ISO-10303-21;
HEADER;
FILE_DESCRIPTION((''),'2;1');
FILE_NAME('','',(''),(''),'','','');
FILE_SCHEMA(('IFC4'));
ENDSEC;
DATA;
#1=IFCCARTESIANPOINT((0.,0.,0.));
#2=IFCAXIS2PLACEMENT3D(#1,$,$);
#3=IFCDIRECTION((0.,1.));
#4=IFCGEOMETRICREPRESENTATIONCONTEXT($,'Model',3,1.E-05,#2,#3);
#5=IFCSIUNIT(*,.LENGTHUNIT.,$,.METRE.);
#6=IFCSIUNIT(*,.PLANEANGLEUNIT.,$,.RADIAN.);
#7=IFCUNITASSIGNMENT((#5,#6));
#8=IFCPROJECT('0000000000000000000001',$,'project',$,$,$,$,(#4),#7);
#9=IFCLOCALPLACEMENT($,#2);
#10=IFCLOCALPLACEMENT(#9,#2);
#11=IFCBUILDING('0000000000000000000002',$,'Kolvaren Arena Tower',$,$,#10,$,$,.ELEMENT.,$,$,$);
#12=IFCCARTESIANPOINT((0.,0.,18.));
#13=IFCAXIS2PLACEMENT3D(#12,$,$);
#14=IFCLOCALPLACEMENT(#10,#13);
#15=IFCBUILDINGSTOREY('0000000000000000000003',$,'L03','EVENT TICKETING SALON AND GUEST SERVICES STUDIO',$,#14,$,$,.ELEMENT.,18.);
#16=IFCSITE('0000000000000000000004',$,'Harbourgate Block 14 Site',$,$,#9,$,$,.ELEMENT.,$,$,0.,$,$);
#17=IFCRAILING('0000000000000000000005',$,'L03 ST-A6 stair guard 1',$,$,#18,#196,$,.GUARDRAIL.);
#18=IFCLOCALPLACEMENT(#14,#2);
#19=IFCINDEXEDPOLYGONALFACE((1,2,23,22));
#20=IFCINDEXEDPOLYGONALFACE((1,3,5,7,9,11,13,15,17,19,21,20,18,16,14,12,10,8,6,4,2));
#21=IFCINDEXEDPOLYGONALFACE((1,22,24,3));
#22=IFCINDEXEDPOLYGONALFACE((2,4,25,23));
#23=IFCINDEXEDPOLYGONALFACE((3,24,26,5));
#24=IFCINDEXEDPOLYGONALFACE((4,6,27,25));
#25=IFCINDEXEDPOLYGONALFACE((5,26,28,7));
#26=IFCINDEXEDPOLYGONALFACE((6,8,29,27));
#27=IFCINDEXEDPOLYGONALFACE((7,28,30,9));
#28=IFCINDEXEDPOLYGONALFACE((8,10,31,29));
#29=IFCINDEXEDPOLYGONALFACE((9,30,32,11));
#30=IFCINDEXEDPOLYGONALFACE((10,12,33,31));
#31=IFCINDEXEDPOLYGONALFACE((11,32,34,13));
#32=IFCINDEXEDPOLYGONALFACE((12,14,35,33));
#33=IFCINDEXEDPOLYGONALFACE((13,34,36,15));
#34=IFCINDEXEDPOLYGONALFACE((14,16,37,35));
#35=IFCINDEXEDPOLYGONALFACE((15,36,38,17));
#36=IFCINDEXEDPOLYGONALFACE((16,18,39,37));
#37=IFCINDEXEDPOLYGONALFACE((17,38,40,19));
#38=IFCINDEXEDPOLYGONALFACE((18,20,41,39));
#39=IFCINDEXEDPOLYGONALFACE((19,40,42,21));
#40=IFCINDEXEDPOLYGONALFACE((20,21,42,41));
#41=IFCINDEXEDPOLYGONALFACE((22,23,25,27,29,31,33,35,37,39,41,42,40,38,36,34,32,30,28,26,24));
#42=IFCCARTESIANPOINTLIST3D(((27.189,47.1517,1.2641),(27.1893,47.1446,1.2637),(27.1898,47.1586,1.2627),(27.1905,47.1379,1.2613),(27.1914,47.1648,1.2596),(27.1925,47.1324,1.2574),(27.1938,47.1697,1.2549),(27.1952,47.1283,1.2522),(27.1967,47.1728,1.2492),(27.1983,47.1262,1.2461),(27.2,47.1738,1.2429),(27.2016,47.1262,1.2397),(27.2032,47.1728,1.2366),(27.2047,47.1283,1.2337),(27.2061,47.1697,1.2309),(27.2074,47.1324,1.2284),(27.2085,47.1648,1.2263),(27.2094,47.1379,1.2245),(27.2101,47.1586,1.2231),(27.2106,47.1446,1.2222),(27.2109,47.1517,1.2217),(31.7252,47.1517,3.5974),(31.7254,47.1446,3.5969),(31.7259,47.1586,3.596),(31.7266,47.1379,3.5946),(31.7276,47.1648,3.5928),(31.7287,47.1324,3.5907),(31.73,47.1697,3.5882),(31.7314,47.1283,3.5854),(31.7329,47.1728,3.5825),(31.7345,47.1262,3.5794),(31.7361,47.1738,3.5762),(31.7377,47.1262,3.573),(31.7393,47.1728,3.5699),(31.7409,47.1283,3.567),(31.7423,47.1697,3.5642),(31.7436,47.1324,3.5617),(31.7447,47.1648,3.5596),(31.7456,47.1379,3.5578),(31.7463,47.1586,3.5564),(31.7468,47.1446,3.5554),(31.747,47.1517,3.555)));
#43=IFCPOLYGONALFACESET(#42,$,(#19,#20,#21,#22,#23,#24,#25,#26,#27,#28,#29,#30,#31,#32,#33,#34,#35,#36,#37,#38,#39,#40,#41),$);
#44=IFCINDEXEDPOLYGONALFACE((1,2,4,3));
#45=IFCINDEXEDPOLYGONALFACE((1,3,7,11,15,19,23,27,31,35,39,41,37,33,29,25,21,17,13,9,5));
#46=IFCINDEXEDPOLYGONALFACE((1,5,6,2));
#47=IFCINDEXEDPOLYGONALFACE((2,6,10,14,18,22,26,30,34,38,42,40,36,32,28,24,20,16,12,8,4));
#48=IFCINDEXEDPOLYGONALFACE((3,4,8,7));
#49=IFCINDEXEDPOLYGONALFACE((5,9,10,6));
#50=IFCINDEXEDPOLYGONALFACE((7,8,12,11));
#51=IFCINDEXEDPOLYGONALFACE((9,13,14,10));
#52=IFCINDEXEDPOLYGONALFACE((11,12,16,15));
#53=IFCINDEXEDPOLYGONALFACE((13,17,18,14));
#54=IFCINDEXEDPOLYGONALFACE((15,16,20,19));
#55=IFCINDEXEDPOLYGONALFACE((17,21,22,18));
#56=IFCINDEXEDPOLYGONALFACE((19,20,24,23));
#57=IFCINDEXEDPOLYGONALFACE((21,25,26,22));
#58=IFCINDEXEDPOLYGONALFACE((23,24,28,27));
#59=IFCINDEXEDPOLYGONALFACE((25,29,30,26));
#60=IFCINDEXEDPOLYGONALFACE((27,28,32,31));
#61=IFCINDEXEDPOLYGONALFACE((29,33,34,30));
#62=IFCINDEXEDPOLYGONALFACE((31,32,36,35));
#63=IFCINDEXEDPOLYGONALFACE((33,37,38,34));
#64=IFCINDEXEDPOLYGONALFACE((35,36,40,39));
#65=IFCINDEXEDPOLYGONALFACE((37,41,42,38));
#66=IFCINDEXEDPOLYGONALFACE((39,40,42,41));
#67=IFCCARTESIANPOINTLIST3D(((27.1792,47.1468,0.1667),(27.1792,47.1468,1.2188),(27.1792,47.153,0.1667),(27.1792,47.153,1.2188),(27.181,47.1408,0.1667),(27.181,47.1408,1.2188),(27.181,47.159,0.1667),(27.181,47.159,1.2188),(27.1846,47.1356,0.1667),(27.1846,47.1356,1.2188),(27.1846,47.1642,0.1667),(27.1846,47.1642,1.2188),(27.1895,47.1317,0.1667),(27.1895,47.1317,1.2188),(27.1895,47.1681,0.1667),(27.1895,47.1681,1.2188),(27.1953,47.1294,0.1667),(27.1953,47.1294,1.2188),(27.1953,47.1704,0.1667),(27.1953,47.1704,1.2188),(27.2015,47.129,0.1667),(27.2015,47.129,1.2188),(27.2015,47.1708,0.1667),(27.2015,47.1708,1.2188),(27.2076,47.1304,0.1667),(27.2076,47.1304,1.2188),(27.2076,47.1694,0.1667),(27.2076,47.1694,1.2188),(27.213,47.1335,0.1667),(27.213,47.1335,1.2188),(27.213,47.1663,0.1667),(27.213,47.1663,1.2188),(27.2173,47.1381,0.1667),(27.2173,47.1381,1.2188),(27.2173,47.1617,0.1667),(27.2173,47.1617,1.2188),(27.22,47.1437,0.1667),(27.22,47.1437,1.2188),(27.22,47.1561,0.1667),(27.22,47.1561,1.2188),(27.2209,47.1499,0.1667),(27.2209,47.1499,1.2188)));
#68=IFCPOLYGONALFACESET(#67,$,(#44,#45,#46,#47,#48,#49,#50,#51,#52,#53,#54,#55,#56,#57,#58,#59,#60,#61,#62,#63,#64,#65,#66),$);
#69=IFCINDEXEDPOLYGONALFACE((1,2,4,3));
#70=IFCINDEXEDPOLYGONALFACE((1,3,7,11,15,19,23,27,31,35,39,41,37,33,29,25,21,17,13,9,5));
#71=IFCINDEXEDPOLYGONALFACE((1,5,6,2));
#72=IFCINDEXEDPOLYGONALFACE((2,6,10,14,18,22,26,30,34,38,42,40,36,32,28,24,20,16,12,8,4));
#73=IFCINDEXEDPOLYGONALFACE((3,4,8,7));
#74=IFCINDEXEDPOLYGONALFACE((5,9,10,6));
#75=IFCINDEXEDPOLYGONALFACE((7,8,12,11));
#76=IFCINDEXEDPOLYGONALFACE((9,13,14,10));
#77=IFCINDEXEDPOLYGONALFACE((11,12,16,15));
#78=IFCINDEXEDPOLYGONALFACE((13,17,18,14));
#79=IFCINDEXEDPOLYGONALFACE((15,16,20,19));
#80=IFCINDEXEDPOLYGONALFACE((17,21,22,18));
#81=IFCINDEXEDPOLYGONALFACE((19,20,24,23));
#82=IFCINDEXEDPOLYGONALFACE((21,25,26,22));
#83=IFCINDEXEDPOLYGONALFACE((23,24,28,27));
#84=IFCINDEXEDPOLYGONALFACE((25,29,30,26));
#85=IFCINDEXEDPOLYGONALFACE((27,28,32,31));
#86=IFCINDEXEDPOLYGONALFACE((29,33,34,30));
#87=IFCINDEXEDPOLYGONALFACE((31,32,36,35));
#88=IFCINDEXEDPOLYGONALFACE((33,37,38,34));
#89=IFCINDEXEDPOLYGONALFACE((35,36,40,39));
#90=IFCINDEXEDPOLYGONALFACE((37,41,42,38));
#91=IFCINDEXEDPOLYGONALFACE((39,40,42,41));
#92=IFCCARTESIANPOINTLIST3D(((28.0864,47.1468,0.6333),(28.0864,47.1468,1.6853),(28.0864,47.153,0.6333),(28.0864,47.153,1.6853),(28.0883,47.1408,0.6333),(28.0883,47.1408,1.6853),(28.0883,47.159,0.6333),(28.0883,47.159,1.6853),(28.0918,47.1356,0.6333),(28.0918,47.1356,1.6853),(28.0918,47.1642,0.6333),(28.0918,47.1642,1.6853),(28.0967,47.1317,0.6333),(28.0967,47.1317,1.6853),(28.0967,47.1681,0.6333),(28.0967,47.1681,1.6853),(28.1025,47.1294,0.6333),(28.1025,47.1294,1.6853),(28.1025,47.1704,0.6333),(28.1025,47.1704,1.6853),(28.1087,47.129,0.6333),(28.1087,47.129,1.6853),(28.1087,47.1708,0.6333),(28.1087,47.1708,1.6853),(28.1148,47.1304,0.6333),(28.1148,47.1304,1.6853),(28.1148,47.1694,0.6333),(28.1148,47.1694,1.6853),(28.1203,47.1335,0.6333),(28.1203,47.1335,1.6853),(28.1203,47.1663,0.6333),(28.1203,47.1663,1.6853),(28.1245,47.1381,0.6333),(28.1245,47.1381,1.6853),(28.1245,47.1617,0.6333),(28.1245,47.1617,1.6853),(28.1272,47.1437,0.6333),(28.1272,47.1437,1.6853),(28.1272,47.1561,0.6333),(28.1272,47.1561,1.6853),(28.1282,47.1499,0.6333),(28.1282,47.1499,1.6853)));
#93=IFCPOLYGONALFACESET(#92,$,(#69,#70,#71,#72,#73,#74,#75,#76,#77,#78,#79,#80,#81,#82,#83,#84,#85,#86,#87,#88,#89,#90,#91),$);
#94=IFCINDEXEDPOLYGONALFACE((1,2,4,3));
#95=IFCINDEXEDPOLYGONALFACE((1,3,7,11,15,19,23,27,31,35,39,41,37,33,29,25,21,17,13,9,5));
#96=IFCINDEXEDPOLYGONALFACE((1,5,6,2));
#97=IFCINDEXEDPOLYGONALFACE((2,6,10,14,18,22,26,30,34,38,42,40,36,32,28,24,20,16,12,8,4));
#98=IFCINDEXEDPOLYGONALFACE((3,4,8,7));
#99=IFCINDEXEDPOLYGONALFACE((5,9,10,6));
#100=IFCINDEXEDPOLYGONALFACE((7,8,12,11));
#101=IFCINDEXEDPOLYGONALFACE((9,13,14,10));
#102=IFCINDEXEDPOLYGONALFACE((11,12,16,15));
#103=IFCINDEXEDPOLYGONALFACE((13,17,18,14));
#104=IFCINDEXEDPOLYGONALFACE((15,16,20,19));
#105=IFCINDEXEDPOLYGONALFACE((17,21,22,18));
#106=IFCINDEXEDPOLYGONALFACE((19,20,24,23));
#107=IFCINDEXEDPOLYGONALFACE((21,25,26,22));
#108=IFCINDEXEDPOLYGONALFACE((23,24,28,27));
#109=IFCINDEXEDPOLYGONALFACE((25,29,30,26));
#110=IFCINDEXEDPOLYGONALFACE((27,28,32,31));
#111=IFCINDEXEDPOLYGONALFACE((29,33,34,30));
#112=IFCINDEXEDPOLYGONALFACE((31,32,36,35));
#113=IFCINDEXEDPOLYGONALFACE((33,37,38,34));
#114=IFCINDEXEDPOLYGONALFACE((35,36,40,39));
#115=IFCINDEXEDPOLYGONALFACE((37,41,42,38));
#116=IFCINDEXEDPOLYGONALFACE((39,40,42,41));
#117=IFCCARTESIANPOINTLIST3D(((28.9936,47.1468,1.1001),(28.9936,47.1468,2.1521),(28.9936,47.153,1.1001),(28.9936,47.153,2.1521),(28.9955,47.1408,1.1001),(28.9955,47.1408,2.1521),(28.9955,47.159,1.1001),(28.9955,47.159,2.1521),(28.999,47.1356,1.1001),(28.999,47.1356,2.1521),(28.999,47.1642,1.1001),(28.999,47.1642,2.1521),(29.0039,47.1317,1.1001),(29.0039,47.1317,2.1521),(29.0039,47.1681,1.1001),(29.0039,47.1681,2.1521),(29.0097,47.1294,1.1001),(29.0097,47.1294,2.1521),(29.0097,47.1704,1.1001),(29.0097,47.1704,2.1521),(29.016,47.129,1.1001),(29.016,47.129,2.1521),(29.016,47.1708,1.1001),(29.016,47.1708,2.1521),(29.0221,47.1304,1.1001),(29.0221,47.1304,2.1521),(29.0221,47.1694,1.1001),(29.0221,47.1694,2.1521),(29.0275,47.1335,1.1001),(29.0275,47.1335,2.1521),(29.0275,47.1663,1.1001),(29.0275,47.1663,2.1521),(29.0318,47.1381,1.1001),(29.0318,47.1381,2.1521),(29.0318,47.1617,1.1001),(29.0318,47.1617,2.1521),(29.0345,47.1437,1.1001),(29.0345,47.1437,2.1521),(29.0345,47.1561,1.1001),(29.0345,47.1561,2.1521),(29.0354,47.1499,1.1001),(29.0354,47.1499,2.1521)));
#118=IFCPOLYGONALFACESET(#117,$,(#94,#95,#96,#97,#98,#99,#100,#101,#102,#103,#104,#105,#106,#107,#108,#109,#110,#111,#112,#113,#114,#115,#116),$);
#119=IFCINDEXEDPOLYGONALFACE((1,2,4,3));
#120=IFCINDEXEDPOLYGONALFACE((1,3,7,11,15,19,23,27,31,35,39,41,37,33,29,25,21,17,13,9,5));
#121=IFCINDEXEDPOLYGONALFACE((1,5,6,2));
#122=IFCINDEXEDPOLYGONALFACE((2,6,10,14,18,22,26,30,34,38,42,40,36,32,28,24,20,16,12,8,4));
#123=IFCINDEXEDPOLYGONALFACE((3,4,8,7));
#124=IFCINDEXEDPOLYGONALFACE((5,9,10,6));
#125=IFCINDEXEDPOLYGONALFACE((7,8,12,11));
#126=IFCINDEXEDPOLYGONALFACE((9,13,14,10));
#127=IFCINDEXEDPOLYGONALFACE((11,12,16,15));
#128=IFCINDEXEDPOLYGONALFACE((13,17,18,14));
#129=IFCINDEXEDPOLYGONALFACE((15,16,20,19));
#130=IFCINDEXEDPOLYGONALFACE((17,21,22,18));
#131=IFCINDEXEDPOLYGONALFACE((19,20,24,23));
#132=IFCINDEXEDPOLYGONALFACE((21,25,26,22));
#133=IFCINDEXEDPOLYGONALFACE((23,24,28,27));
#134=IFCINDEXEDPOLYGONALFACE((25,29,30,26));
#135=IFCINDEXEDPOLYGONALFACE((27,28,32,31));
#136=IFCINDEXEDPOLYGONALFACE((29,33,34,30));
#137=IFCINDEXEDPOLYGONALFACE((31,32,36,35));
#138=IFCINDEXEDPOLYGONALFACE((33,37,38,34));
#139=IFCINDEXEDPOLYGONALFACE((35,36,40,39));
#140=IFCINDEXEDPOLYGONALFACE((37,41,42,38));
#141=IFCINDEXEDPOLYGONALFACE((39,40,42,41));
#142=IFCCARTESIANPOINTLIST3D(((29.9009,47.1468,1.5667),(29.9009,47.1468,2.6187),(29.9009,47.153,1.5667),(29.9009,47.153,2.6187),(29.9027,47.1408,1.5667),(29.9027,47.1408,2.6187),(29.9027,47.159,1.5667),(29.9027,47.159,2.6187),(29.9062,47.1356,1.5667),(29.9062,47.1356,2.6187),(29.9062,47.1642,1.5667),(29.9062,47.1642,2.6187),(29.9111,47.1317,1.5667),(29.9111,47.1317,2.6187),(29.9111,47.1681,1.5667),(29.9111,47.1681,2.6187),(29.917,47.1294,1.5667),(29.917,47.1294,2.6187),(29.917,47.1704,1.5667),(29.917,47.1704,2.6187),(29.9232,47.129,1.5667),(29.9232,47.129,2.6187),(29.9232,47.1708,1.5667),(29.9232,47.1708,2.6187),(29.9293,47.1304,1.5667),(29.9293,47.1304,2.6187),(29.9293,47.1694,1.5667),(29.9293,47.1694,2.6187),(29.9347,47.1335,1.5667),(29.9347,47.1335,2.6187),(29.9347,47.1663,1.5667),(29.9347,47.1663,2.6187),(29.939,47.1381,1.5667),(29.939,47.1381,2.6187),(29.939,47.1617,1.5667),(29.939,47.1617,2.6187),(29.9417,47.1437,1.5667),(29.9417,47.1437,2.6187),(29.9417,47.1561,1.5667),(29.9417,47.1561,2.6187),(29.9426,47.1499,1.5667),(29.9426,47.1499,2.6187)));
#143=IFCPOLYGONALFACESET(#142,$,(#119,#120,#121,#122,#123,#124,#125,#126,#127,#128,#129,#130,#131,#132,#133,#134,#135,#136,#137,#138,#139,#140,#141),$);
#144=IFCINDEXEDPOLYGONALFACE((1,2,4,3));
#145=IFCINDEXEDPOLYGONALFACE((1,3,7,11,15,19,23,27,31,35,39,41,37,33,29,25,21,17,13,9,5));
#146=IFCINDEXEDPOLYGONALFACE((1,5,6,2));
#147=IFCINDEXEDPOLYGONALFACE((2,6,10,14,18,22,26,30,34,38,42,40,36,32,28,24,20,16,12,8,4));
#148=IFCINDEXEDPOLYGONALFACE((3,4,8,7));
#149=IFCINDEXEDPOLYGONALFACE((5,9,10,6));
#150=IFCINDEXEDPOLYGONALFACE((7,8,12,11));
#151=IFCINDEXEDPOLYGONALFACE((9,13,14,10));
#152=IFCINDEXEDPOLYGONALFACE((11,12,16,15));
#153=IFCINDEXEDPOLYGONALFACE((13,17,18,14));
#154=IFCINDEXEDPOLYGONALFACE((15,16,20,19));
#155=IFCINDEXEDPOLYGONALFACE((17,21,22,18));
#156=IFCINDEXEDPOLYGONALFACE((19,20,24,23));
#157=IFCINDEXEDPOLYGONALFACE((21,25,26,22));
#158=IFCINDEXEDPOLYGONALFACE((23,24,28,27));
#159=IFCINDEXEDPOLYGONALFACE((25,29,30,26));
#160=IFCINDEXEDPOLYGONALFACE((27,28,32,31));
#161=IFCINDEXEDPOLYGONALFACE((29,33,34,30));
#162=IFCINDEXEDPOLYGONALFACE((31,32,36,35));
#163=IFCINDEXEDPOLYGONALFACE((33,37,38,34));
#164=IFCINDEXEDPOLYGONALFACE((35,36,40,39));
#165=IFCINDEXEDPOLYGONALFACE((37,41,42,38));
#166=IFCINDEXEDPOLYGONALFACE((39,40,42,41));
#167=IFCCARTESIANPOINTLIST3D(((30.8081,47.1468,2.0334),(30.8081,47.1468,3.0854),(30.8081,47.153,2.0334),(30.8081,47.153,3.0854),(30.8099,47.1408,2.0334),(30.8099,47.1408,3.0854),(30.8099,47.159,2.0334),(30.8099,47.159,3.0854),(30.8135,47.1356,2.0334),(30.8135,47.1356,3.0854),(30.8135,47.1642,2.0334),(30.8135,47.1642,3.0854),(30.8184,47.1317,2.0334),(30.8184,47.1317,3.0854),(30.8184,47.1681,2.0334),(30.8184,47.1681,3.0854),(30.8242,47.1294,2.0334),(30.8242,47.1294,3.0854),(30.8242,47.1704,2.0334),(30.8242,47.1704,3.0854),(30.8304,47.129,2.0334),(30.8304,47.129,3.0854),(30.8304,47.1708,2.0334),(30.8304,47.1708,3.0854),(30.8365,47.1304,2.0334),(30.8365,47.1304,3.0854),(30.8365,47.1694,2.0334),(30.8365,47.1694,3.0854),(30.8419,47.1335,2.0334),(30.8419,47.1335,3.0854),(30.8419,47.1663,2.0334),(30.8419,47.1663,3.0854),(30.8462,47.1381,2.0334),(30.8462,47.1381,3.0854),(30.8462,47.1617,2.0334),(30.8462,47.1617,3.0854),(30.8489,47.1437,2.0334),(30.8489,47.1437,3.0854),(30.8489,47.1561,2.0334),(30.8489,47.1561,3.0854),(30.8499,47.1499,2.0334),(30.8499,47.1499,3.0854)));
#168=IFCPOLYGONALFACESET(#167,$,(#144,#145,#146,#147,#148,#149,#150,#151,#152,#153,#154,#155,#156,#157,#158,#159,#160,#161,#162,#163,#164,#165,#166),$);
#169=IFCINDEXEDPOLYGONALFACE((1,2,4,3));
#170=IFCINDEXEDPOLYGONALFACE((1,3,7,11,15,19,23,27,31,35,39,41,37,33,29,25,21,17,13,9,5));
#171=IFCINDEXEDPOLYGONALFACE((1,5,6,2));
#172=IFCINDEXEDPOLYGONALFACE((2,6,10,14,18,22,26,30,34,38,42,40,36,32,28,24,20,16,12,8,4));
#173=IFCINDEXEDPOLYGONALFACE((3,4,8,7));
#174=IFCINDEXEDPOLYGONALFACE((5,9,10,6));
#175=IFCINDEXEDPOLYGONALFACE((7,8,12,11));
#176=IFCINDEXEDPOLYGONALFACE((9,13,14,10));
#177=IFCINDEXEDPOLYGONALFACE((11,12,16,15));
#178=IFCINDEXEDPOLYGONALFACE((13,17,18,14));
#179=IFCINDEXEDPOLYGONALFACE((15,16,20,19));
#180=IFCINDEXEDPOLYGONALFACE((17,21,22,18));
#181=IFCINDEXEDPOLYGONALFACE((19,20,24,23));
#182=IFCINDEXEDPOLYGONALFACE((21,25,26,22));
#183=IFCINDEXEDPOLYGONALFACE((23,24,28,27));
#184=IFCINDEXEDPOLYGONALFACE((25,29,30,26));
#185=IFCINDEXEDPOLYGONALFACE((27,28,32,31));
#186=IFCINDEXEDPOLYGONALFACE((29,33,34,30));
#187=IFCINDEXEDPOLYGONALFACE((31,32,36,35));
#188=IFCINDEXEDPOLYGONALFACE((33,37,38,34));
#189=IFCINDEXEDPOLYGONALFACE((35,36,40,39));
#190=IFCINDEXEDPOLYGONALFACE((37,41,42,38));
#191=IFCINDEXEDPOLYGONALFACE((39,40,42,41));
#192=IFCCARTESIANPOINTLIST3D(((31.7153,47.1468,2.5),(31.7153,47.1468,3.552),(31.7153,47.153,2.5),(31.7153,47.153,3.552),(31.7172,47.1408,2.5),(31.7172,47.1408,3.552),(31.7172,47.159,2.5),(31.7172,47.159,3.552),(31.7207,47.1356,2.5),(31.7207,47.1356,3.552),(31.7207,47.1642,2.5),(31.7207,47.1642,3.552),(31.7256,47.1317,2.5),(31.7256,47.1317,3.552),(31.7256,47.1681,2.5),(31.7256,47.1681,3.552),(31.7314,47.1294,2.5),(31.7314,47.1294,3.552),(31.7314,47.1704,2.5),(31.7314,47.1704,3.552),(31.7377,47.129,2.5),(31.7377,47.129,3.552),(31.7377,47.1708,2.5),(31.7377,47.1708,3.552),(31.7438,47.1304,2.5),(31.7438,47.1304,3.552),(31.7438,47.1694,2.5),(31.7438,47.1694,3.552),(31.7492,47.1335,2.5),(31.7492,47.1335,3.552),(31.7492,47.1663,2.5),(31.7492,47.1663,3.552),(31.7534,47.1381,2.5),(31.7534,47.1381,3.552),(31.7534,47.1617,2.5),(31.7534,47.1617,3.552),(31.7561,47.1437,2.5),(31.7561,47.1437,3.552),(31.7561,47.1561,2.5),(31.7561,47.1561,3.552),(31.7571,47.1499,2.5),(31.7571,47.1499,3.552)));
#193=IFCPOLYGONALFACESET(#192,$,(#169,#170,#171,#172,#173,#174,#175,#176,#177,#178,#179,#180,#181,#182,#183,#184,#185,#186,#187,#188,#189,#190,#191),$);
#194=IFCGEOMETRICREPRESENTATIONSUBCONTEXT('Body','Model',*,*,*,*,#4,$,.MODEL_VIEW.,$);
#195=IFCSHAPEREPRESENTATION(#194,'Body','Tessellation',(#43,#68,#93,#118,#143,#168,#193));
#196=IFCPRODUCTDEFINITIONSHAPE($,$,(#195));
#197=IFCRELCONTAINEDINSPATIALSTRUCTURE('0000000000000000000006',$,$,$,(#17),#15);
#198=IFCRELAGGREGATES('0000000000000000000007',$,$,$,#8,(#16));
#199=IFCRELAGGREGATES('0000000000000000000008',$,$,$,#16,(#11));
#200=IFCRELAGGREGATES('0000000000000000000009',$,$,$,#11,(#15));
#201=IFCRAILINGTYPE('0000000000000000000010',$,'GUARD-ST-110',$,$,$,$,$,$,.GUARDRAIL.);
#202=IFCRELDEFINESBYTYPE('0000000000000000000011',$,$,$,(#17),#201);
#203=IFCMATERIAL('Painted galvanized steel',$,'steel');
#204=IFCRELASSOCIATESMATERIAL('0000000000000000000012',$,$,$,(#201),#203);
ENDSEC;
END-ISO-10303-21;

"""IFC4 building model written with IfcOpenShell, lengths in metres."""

from ifc_helpers import new_model, si_unit, direction, frame, origin, origin_2d, place, context, subcontext, project, spatial, circle, extrude, material, type_object, element, save


model = new_model("IFC4")

# Units and contexts
model_context = context("Model", 3, precision=1e-05, world=origin(), true_north=direction((0.0, 1.0)))
body_context = subcontext(model_context, "Body", "Model", "MODEL_VIEW")
ifc_project = project(units=[si_unit("LENGTHUNIT", "METRE"), si_unit("PLANEANGLEUNIT", "RADIAN")], contexts=[model_context])

# Site, building, storey
site_placement = place(None, origin())
site = spatial("IfcSite", under=ifc_project, at=site_placement, Name="Harbourgate Block 14 Site", CompositionType="ELEMENT", RefElevation=0.0)
building_placement = place(site_placement, origin())
building = spatial("IfcBuilding", under=site, at=building_placement, Name="Kolvaren Arena Tower", CompositionType="ELEMENT")
storey_placement = place(building_placement, frame((0.0, 0.0, 18.0)))
storey = spatial("IfcBuildingStorey", under=building, at=storey_placement, Name="L03", Description="EVENT TICKETING SALON AND GUEST SERVICES STUDIO", CompositionType="ELEMENT", Elevation=18.0)

# Railing
ifc_material_1 = material(Name="Painted galvanized steel", Category="steel")
railing_type_1 = type_object("IfcRailingType", Name="GUARD-ST-110", PredefinedType="GUARDRAIL", material=ifc_material_1)
railing_1_placement = place(storey_placement, frame((27.2, 47.1499, 0.1667)))
element("IfcRailing", 1, at=railing_1_placement, inside=storey, type_object=railing_type_1, Name="L03 ST-A6 stair guard 1", PredefinedType="GUARDRAIL", context=body_context, shape_type="SweptSolid", body=[
    extrude(circle(Radius=0.0239, at=origin_2d()), frame((0.0, 0.0, 1.0762), z_axis=(0.889257, 0.0, 0.457407), x_axis=(0.0, 1.0, 0.0)), (0.0, 0.0, 1.0), 5.1011),
    extrude(circle(Radius=0.021, at=origin_2d()), origin(), (0.0, 0.0, 1.0), 1.052),
    extrude(circle(Radius=0.021, at=origin_2d()), frame((0.9072, 0.0, 0.4666)), (0.0, 0.0, 1.0), 1.052),
    extrude(circle(Radius=0.021, at=origin_2d()), frame((1.8145, 0.0, 0.9333)), (0.0, 0.0, 1.0), 1.052),
    extrude(circle(Radius=0.021, at=origin_2d()), frame((2.7217, 0.0, 1.3999)), (0.0, 0.0, 1.0), 1.052),
    extrude(circle(Radius=0.021, at=origin_2d()), frame((3.6289, 0.0, 1.8667)), (0.0, 0.0, 1.0), 1.052),
    extrude(circle(Radius=0.021, at=origin_2d()), frame((4.5361, 0.0, 2.3333)), (0.0, 0.0, 1.0), 1.052),
])

save(model, "model.ifc")
